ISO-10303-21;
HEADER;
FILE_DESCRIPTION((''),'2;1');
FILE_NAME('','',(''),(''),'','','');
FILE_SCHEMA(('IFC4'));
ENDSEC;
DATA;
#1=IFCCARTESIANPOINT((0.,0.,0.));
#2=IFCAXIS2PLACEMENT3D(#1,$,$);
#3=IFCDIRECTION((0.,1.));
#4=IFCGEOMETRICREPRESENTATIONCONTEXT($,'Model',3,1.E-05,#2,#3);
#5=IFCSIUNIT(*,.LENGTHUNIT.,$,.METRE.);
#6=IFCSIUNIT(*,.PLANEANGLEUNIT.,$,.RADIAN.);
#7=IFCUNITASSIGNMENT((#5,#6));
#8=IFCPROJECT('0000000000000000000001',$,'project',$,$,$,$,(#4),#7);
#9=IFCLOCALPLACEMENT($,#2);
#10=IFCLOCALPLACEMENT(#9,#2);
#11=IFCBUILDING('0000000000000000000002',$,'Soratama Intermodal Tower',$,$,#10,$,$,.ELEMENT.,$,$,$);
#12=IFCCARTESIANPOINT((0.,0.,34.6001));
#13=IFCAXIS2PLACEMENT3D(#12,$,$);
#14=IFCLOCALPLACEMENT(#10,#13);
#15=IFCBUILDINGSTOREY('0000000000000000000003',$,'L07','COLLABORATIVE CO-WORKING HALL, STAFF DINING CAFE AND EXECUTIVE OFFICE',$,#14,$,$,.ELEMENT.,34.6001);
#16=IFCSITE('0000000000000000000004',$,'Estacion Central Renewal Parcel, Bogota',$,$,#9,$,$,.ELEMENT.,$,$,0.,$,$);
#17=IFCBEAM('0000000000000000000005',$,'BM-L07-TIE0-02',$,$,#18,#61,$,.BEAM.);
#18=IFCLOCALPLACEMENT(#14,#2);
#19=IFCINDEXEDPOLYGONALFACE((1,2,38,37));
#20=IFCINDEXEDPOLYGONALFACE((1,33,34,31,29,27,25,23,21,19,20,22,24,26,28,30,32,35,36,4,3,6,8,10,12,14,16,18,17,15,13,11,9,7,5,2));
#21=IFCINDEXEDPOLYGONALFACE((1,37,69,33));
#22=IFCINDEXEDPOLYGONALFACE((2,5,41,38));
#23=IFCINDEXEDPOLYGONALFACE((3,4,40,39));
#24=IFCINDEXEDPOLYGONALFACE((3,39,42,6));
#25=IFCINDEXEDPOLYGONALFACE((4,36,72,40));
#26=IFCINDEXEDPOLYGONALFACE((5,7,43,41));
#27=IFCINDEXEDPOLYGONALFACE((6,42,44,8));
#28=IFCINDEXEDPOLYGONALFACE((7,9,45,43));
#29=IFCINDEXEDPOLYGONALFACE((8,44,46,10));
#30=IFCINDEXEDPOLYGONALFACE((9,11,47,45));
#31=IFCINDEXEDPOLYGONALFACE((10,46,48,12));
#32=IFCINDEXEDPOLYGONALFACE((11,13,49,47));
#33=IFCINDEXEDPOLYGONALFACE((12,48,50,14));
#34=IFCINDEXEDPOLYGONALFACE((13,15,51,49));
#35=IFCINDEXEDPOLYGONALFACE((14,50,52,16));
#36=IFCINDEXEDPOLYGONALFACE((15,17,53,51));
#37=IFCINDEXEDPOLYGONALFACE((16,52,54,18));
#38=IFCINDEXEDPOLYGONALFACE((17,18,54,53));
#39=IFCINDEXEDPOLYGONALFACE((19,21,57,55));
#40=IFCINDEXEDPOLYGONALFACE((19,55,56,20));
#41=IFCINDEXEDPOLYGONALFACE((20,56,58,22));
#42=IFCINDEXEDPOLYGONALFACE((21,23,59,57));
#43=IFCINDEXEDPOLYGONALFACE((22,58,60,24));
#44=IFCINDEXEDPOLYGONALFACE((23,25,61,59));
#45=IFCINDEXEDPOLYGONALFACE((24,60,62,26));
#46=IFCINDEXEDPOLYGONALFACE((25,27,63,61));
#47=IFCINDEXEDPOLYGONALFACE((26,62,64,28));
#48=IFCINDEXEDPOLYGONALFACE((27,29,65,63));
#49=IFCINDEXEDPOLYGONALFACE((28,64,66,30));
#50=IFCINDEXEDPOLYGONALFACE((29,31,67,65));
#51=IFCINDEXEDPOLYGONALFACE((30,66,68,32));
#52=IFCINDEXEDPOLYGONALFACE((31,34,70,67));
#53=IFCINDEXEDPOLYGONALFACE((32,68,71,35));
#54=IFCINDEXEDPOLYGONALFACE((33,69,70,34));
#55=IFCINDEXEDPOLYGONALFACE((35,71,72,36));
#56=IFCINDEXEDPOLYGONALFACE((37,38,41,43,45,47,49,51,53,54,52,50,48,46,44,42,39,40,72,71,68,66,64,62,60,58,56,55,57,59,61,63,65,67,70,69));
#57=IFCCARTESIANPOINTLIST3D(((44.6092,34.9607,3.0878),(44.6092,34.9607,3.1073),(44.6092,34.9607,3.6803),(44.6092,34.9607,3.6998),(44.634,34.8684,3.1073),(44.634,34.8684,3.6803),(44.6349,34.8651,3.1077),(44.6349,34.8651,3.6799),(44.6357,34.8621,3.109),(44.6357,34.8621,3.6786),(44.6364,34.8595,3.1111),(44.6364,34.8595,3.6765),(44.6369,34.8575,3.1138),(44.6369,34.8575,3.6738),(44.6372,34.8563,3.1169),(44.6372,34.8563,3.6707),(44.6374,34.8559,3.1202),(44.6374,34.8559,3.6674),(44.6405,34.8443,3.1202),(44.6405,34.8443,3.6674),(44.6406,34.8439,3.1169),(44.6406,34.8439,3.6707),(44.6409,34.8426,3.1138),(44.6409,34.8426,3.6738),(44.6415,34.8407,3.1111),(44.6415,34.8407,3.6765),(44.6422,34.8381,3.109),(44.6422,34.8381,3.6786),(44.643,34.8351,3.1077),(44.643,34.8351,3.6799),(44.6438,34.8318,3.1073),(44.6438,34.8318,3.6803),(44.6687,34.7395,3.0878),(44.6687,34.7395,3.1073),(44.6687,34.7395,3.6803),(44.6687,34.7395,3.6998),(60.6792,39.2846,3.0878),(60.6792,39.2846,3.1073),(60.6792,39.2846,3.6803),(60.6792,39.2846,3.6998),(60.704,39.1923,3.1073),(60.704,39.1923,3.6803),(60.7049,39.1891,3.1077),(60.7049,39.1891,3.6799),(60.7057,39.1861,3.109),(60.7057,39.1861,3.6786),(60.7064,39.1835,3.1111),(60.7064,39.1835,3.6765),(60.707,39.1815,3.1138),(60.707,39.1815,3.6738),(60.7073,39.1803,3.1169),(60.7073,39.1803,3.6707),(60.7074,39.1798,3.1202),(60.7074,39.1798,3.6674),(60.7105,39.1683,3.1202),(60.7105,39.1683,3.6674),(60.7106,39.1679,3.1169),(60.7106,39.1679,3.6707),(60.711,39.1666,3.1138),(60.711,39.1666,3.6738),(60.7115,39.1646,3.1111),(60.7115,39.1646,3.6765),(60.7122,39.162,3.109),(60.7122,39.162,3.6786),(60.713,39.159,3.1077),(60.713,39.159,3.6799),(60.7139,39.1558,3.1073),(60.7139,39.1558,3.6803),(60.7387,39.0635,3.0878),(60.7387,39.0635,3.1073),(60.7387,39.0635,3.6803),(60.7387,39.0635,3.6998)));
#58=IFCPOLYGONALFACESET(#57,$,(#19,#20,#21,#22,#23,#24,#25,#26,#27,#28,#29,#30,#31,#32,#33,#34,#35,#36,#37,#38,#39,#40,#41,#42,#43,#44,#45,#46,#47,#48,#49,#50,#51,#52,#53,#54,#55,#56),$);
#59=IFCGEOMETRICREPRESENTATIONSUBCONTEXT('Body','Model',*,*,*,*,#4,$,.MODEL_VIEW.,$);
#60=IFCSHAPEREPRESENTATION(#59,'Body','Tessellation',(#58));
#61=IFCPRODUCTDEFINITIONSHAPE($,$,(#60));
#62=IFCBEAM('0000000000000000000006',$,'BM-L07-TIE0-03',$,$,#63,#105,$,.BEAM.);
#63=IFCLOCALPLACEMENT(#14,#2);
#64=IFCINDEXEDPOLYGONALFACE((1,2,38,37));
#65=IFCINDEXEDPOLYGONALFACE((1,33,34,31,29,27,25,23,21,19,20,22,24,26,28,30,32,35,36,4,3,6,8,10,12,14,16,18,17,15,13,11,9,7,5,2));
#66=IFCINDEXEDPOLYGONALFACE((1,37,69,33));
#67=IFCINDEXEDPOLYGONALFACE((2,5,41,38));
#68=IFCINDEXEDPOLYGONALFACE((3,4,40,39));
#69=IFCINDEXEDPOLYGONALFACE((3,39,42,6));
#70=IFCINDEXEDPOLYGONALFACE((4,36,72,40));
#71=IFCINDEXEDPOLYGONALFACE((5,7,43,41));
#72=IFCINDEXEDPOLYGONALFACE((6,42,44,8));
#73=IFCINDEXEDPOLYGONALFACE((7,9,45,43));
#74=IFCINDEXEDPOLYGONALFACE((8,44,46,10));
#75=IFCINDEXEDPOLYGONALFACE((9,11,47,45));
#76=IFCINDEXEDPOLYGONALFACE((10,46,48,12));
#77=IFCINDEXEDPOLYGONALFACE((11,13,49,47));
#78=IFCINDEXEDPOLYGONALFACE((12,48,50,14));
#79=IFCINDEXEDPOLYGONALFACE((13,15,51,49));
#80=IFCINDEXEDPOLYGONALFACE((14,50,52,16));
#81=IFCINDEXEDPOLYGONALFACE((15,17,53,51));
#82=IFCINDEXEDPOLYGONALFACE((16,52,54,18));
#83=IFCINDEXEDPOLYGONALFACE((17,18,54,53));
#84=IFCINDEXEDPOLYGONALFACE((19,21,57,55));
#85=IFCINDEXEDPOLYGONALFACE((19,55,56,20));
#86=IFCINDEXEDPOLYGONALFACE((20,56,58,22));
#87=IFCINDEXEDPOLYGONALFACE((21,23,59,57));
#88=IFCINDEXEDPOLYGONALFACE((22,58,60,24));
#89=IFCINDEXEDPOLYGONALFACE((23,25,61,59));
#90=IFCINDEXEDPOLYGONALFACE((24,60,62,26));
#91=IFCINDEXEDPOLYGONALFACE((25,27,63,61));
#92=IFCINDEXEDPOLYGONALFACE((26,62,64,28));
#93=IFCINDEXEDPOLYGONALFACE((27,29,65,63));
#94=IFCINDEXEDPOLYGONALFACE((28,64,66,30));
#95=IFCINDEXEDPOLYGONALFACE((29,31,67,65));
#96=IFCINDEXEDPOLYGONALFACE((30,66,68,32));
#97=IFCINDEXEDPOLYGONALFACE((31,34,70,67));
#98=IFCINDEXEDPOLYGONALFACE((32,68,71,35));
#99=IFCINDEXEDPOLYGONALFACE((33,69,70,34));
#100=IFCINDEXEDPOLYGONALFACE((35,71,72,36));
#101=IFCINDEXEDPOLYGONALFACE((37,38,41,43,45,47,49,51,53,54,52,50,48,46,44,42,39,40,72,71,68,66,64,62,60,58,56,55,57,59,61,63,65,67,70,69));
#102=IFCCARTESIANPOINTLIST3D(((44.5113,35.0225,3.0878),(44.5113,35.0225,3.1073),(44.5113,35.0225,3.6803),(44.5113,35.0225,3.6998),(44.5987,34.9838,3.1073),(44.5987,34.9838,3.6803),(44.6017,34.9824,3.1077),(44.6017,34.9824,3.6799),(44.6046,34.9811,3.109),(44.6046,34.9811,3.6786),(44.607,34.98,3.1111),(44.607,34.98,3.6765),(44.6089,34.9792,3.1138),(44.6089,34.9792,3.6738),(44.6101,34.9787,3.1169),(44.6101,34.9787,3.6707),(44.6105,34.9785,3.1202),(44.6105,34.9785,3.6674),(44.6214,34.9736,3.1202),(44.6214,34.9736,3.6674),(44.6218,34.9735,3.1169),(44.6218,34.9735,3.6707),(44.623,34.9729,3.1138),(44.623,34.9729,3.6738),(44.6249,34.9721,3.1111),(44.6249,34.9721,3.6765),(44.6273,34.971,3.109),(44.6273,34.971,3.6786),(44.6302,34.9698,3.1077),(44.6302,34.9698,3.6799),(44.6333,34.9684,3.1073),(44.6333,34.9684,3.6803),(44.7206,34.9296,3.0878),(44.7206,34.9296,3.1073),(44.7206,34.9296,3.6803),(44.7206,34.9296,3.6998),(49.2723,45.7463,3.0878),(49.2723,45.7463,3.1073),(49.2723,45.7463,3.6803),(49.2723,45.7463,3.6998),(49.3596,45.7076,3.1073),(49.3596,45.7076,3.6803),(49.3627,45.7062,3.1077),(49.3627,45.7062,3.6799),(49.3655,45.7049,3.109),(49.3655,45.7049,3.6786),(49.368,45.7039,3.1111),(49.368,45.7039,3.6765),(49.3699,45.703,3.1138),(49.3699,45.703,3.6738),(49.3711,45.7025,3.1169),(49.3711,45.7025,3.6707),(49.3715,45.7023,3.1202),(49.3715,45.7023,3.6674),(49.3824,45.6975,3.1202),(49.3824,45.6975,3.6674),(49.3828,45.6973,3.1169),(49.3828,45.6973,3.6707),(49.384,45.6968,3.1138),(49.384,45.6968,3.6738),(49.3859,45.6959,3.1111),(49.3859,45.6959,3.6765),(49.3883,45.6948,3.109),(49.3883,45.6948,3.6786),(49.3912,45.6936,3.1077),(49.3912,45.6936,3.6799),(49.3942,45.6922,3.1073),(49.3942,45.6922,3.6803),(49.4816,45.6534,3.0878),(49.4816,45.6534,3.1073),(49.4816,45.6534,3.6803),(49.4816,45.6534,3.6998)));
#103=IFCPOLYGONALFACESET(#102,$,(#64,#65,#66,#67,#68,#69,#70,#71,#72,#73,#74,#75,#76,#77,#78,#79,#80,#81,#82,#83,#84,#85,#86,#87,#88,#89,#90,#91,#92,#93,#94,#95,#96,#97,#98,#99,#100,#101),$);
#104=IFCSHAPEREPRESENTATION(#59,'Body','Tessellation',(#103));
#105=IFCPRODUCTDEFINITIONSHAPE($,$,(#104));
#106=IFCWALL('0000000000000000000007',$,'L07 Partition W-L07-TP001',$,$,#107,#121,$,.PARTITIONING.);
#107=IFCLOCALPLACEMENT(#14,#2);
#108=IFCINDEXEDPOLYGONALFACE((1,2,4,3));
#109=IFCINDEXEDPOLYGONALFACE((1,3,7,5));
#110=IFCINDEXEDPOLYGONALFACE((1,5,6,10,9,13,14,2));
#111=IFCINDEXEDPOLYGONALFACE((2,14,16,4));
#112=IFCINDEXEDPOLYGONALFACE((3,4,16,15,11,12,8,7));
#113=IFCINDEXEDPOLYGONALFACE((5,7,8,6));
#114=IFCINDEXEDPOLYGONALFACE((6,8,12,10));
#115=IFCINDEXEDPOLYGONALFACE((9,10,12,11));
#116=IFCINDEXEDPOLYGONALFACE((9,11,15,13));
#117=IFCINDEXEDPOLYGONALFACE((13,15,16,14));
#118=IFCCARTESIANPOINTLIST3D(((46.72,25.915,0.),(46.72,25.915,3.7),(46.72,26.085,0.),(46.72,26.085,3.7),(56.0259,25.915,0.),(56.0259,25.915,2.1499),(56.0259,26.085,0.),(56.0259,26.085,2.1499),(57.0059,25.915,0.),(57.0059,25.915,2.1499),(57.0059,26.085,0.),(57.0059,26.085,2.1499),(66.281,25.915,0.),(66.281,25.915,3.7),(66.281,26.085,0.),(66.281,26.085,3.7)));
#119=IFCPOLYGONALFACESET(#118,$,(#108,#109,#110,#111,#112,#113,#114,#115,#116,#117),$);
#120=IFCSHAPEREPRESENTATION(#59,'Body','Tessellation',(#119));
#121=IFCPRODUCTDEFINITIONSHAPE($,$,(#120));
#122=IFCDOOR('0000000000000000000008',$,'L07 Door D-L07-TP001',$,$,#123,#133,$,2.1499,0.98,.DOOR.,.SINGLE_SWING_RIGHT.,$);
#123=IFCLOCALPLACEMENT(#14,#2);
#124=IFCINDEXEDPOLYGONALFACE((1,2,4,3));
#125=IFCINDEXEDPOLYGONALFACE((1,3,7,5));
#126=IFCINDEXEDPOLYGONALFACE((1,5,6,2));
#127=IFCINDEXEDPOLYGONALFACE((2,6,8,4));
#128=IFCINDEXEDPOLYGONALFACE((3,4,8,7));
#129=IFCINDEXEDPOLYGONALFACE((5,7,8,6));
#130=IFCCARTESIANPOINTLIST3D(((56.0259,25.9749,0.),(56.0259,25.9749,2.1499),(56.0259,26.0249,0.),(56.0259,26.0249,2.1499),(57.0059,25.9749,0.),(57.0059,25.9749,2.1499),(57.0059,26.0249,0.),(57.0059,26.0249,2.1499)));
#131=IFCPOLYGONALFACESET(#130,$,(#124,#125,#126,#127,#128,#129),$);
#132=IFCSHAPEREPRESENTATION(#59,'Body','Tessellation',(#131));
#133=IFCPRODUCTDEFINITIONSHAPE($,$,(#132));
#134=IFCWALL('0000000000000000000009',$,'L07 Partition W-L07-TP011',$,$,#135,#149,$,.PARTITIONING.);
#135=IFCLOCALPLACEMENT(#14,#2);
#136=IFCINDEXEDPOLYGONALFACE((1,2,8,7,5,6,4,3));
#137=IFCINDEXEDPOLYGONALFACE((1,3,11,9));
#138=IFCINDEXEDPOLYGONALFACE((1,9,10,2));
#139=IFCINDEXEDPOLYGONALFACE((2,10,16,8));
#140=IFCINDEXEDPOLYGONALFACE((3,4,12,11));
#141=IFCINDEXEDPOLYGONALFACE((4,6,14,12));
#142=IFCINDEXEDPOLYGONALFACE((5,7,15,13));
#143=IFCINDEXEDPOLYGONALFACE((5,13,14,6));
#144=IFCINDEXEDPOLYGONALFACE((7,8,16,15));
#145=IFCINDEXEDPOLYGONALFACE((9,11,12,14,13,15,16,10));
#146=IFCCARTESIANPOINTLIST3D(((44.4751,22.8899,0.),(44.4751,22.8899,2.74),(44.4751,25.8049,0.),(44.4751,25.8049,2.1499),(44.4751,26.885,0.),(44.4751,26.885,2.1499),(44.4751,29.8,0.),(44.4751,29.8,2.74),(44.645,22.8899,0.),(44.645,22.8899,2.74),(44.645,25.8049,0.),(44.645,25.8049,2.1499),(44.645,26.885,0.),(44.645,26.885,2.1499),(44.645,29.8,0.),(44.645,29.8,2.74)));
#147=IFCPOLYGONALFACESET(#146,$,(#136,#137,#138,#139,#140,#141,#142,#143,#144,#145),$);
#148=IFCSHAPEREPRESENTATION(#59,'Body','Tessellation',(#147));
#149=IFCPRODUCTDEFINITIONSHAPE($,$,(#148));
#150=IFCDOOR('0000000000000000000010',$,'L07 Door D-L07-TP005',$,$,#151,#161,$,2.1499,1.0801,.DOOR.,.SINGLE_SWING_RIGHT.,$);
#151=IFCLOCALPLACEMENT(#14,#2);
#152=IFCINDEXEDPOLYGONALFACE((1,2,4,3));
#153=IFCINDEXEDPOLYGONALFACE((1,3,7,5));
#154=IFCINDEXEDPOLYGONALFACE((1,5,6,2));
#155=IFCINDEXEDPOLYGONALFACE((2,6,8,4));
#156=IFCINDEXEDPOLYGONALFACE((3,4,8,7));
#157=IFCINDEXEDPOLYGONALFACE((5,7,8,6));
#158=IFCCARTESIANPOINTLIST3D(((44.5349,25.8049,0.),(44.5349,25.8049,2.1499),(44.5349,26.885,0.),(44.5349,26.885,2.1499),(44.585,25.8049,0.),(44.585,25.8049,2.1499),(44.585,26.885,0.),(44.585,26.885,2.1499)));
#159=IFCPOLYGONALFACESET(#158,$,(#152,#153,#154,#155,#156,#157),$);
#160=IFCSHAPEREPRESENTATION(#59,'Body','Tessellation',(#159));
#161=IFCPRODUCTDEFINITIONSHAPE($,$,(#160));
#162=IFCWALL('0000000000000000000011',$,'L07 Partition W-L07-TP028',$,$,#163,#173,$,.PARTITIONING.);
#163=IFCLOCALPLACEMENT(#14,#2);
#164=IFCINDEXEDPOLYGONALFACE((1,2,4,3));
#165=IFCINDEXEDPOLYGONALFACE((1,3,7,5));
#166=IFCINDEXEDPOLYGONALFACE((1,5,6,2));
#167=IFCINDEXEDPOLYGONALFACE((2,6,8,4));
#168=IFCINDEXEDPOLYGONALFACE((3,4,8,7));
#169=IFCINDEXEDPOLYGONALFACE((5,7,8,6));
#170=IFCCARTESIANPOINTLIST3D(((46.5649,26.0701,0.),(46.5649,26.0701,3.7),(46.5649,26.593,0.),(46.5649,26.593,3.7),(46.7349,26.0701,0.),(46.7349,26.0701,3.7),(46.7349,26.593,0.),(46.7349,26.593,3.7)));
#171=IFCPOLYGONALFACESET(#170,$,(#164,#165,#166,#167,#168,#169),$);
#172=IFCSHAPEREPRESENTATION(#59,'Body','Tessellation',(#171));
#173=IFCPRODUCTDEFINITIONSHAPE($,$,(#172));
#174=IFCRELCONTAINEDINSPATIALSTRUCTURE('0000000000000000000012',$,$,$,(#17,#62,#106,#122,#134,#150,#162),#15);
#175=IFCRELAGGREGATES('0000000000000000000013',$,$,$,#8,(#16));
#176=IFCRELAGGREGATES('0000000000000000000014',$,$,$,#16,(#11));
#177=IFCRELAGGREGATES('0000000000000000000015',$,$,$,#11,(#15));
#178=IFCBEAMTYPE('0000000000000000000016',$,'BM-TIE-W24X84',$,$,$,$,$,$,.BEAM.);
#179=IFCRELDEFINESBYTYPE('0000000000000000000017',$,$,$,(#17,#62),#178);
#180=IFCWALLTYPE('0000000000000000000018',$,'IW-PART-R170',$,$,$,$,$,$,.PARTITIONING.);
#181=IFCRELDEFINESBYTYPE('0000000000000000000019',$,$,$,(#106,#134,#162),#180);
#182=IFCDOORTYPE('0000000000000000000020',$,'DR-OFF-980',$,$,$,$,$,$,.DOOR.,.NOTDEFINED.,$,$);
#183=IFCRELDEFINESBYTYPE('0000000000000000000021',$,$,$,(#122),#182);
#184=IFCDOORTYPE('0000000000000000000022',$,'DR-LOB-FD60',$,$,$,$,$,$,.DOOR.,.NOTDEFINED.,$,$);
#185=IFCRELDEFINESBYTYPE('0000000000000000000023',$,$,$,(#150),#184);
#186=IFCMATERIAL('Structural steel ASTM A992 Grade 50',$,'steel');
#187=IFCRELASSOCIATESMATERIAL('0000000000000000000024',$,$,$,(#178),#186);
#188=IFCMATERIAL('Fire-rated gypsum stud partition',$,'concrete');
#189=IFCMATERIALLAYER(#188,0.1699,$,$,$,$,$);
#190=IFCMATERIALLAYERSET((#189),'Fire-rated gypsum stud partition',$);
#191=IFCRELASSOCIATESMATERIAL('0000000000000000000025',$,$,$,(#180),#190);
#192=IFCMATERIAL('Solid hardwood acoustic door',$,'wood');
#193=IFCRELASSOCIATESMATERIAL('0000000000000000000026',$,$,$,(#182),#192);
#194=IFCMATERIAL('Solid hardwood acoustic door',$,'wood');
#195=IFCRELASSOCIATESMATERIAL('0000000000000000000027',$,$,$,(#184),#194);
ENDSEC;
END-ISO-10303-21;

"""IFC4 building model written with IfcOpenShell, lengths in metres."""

from ifc_helpers import new_model, si_unit, direction, frame, frame_2d, origin, origin_2d, place, context, subcontext, project, spatial, rectangle, i_section, extrude, material, layer, layer_set, material_profile, profile_set, type_object, element, fill, save


model = new_model("IFC4")

# Units and contexts
model_context = context("Model", 3, precision=1e-05, world=origin(), true_north=direction((0.0, 1.0)))
body_context = subcontext(model_context, "Body", "Model", "MODEL_VIEW")
ifc_project = project(units=[si_unit("LENGTHUNIT", "METRE"), si_unit("PLANEANGLEUNIT", "RADIAN")], contexts=[model_context])

# Site, building, storey
site_placement = place(None, origin())
site = spatial("IfcSite", under=ifc_project, at=site_placement, Name="Estacion Central Renewal Parcel, Bogota", CompositionType="ELEMENT", RefElevation=0.0)
building_placement = place(site_placement, origin())
building = spatial("IfcBuilding", under=site, at=building_placement, Name="Soratama Intermodal Tower", CompositionType="ELEMENT")
storey_placement = place(building_placement, frame((0.0, 0.0, 34.6001)))
storey = spatial("IfcBuildingStorey", under=building, at=storey_placement, Name="L07", Description="COLLABORATIVE CO-WORKING HALL, STAFF DINING CAFE AND EXECUTIVE OFFICE", CompositionType="ELEMENT", Elevation=34.6001)

# Beams
ifc_material_1 = material(Name="Structural steel ASTM A992 Grade 50", Category="steel")
ifc_material_profile_1 = material_profile(ifc_material_1, i_section(OverallWidth=0.229, OverallDepth=0.6121, WebThickness=0.012, FlangeThickness=0.0195, FilletRadius=0.0129, at=origin_2d()), Name="W24X84")
ifc_profile_set_1 = profile_set([ifc_material_profile_1], Name="Structural steel ASTM A992 Grade 50")
beam_type_1 = type_object("IfcBeamType", Name="BM-TIE-W24X84", PredefinedType="BEAM", material=ifc_profile_set_1)
beam_1_placement = place(storey_placement, frame((44.6389, 34.8501, 3.3938), z_axis=(0.965655, 0.259829, 0.0), x_axis=(-0.259829, 0.965655, 0.0)))
element("IfcBeam", 1, at=beam_1_placement, inside=storey, type_object=beam_type_1, Name="BM-L07-TIE0-02", PredefinedType="BEAM", context=body_context, shape_type="SweptSolid", body=[
    extrude(i_section(OverallWidth=0.229, OverallDepth=0.6121, WebThickness=0.012, FlangeThickness=0.0195, FilletRadius=0.0129, at=origin_2d()), origin(), (0.0, 0.0, 1.0), 16.6416),
])
beam_2_placement = place(storey_placement, frame((44.616, 34.9761, 3.3938), z_axis=(0.40577, 0.913975, 0.0), x_axis=(-0.913975, 0.40577, 0.0)))
element("IfcBeam", 2, at=beam_2_placement, inside=storey, type_object=beam_type_1, Name="BM-L07-TIE0-03", PredefinedType="BEAM", context=body_context, shape_type="SweptSolid", body=[
    extrude(i_section(OverallWidth=0.229, OverallDepth=0.6121, WebThickness=0.012, FlangeThickness=0.0195, FilletRadius=0.0129, at=origin_2d()), origin(), (0.0, 0.0, 1.0), 11.7332),
])

# Walls, openings, doors
ifc_material_2 = material(Name="Fire-rated gypsum stud partition", Category="concrete")
ifc_layer_1 = layer(ifc_material_2, 0.1699)
ifc_layer_set_1 = layer_set([ifc_layer_1], Name="Fire-rated gypsum stud partition")
wall_type_1 = type_object("IfcWallType", Name="IW-PART-R170", PredefinedType="PARTITIONING", material=ifc_layer_set_1)
wall_1_placement = place(storey_placement, frame((46.72, 26.0, 0.0), z_axis=(0.0, 0.0, 1.0), x_axis=(1.0, 0.0, 0.0)))
wall_1 = element("IfcWall", 3, at=wall_1_placement, inside=storey, type_object=wall_type_1, Name="L07 Partition W-L07-TP001", PredefinedType="PARTITIONING", context=body_context, shape_type="SweptSolid", body=[
    extrude(rectangle(XDim=19.561, YDim=0.1699, at=frame_2d((9.7805, 0.0))), origin(), (0.0, 0.0, 1.0), 3.7),
])
opening_1_placement = place(wall_1_placement, frame((9.3059, 0.0, 0.0)))
opening_1 = element("IfcOpeningElement", 4, at=opening_1_placement, cuts=wall_1, PredefinedType="OPENING", context=body_context, shape_type="SweptSolid", body=[
    extrude(rectangle(XDim=0.98, YDim=2.1499, at=frame_2d((0.49, 1.075))), frame((0.0, 0.095, 0.0), z_axis=(0.0, -1.0, 0.0), x_axis=(1.0, 0.0, 0.0)), (0.0, 0.0, 1.0), 0.1899),
])
ifc_material_3 = material(Name="Solid hardwood acoustic door", Category="wood")
door_type_1 = type_object("IfcDoorType", Name="DR-OFF-980", OperationType="NOTDEFINED", PredefinedType="DOOR", material=ifc_material_3)
door_1_placement = place(opening_1_placement, origin())
door_1 = element("IfcDoor", 5, at=door_1_placement, inside=storey, type_object=door_type_1, Name="L07 Door D-L07-TP001", OperationType="SINGLE_SWING_RIGHT", OverallHeight=2.1499, OverallWidth=0.98, PredefinedType="DOOR", context=body_context, shape_type="SweptSolid", body=[
    extrude(rectangle(XDim=0.98, YDim=2.1499, at=frame_2d((0.49, 1.075))), frame((0.0, 0.0249, 0.0), z_axis=(0.0, -1.0, 0.0), x_axis=(1.0, 0.0, 0.0)), (0.0, 0.0, 1.0), 0.05),
])
fill(opening_1, door_1)
wall_2_placement = place(storey_placement, frame((44.5601, 29.8, 0.0), z_axis=(0.0, 0.0, 1.0), x_axis=(0.0, -1.0, 0.0)))
wall_2 = element("IfcWall", 6, at=wall_2_placement, inside=storey, type_object=wall_type_1, Name="L07 Partition W-L07-TP011", PredefinedType="PARTITIONING", context=body_context, shape_type="SweptSolid", body=[
    extrude(rectangle(XDim=6.9102, YDim=0.1699, at=frame_2d((3.4551, 0.0))), origin(), (0.0, 0.0, 1.0), 2.74),
])
opening_2_placement = place(wall_2_placement, frame((2.915, 0.0, 0.0)))
opening_2 = element("IfcOpeningElement", 7, at=opening_2_placement, cuts=wall_2, PredefinedType="OPENING", context=body_context, shape_type="SweptSolid", body=[
    extrude(rectangle(XDim=1.0801, YDim=2.1499, at=frame_2d((0.54, 1.075))), frame((0.0, 0.095, 0.0), z_axis=(0.0, -1.0, 0.0), x_axis=(1.0, 0.0, 0.0)), (0.0, 0.0, 1.0), 0.1899),
])
ifc_material_4 = material(Name="Solid hardwood acoustic door", Category="wood")
door_type_2 = type_object("IfcDoorType", Name="DR-LOB-FD60", OperationType="NOTDEFINED", PredefinedType="DOOR", material=ifc_material_4)
door_2_placement = place(opening_2_placement, origin())
door_2 = element("IfcDoor", 8, at=door_2_placement, inside=storey, type_object=door_type_2, Name="L07 Door D-L07-TP005", OperationType="SINGLE_SWING_RIGHT", OverallHeight=2.1499, OverallWidth=1.0801, PredefinedType="DOOR", context=body_context, shape_type="SweptSolid", body=[
    extrude(rectangle(XDim=1.0801, YDim=2.1499, at=frame_2d((0.54, 1.075))), frame((0.0, 0.0249, 0.0), z_axis=(0.0, -1.0, 0.0), x_axis=(1.0, 0.0, 0.0)), (0.0, 0.0, 1.0), 0.05),
])
fill(opening_2, door_2)

# Wall
wall_3_placement = place(storey_placement, frame((46.6499, 26.593, 0.0), z_axis=(0.0, 0.0, 1.0), x_axis=(0.0, -1.0, 0.0)))
element("IfcWall", 9, at=wall_3_placement, inside=storey, type_object=wall_type_1, Name="L07 Partition W-L07-TP028", PredefinedType="PARTITIONING", context=body_context, shape_type="SweptSolid", body=[
    extrude(rectangle(XDim=0.5229, YDim=0.1699, at=frame_2d((0.2615, 0.0))), origin(), (0.0, 0.0, 1.0), 3.7),
])

save(model, "model.ifc")
